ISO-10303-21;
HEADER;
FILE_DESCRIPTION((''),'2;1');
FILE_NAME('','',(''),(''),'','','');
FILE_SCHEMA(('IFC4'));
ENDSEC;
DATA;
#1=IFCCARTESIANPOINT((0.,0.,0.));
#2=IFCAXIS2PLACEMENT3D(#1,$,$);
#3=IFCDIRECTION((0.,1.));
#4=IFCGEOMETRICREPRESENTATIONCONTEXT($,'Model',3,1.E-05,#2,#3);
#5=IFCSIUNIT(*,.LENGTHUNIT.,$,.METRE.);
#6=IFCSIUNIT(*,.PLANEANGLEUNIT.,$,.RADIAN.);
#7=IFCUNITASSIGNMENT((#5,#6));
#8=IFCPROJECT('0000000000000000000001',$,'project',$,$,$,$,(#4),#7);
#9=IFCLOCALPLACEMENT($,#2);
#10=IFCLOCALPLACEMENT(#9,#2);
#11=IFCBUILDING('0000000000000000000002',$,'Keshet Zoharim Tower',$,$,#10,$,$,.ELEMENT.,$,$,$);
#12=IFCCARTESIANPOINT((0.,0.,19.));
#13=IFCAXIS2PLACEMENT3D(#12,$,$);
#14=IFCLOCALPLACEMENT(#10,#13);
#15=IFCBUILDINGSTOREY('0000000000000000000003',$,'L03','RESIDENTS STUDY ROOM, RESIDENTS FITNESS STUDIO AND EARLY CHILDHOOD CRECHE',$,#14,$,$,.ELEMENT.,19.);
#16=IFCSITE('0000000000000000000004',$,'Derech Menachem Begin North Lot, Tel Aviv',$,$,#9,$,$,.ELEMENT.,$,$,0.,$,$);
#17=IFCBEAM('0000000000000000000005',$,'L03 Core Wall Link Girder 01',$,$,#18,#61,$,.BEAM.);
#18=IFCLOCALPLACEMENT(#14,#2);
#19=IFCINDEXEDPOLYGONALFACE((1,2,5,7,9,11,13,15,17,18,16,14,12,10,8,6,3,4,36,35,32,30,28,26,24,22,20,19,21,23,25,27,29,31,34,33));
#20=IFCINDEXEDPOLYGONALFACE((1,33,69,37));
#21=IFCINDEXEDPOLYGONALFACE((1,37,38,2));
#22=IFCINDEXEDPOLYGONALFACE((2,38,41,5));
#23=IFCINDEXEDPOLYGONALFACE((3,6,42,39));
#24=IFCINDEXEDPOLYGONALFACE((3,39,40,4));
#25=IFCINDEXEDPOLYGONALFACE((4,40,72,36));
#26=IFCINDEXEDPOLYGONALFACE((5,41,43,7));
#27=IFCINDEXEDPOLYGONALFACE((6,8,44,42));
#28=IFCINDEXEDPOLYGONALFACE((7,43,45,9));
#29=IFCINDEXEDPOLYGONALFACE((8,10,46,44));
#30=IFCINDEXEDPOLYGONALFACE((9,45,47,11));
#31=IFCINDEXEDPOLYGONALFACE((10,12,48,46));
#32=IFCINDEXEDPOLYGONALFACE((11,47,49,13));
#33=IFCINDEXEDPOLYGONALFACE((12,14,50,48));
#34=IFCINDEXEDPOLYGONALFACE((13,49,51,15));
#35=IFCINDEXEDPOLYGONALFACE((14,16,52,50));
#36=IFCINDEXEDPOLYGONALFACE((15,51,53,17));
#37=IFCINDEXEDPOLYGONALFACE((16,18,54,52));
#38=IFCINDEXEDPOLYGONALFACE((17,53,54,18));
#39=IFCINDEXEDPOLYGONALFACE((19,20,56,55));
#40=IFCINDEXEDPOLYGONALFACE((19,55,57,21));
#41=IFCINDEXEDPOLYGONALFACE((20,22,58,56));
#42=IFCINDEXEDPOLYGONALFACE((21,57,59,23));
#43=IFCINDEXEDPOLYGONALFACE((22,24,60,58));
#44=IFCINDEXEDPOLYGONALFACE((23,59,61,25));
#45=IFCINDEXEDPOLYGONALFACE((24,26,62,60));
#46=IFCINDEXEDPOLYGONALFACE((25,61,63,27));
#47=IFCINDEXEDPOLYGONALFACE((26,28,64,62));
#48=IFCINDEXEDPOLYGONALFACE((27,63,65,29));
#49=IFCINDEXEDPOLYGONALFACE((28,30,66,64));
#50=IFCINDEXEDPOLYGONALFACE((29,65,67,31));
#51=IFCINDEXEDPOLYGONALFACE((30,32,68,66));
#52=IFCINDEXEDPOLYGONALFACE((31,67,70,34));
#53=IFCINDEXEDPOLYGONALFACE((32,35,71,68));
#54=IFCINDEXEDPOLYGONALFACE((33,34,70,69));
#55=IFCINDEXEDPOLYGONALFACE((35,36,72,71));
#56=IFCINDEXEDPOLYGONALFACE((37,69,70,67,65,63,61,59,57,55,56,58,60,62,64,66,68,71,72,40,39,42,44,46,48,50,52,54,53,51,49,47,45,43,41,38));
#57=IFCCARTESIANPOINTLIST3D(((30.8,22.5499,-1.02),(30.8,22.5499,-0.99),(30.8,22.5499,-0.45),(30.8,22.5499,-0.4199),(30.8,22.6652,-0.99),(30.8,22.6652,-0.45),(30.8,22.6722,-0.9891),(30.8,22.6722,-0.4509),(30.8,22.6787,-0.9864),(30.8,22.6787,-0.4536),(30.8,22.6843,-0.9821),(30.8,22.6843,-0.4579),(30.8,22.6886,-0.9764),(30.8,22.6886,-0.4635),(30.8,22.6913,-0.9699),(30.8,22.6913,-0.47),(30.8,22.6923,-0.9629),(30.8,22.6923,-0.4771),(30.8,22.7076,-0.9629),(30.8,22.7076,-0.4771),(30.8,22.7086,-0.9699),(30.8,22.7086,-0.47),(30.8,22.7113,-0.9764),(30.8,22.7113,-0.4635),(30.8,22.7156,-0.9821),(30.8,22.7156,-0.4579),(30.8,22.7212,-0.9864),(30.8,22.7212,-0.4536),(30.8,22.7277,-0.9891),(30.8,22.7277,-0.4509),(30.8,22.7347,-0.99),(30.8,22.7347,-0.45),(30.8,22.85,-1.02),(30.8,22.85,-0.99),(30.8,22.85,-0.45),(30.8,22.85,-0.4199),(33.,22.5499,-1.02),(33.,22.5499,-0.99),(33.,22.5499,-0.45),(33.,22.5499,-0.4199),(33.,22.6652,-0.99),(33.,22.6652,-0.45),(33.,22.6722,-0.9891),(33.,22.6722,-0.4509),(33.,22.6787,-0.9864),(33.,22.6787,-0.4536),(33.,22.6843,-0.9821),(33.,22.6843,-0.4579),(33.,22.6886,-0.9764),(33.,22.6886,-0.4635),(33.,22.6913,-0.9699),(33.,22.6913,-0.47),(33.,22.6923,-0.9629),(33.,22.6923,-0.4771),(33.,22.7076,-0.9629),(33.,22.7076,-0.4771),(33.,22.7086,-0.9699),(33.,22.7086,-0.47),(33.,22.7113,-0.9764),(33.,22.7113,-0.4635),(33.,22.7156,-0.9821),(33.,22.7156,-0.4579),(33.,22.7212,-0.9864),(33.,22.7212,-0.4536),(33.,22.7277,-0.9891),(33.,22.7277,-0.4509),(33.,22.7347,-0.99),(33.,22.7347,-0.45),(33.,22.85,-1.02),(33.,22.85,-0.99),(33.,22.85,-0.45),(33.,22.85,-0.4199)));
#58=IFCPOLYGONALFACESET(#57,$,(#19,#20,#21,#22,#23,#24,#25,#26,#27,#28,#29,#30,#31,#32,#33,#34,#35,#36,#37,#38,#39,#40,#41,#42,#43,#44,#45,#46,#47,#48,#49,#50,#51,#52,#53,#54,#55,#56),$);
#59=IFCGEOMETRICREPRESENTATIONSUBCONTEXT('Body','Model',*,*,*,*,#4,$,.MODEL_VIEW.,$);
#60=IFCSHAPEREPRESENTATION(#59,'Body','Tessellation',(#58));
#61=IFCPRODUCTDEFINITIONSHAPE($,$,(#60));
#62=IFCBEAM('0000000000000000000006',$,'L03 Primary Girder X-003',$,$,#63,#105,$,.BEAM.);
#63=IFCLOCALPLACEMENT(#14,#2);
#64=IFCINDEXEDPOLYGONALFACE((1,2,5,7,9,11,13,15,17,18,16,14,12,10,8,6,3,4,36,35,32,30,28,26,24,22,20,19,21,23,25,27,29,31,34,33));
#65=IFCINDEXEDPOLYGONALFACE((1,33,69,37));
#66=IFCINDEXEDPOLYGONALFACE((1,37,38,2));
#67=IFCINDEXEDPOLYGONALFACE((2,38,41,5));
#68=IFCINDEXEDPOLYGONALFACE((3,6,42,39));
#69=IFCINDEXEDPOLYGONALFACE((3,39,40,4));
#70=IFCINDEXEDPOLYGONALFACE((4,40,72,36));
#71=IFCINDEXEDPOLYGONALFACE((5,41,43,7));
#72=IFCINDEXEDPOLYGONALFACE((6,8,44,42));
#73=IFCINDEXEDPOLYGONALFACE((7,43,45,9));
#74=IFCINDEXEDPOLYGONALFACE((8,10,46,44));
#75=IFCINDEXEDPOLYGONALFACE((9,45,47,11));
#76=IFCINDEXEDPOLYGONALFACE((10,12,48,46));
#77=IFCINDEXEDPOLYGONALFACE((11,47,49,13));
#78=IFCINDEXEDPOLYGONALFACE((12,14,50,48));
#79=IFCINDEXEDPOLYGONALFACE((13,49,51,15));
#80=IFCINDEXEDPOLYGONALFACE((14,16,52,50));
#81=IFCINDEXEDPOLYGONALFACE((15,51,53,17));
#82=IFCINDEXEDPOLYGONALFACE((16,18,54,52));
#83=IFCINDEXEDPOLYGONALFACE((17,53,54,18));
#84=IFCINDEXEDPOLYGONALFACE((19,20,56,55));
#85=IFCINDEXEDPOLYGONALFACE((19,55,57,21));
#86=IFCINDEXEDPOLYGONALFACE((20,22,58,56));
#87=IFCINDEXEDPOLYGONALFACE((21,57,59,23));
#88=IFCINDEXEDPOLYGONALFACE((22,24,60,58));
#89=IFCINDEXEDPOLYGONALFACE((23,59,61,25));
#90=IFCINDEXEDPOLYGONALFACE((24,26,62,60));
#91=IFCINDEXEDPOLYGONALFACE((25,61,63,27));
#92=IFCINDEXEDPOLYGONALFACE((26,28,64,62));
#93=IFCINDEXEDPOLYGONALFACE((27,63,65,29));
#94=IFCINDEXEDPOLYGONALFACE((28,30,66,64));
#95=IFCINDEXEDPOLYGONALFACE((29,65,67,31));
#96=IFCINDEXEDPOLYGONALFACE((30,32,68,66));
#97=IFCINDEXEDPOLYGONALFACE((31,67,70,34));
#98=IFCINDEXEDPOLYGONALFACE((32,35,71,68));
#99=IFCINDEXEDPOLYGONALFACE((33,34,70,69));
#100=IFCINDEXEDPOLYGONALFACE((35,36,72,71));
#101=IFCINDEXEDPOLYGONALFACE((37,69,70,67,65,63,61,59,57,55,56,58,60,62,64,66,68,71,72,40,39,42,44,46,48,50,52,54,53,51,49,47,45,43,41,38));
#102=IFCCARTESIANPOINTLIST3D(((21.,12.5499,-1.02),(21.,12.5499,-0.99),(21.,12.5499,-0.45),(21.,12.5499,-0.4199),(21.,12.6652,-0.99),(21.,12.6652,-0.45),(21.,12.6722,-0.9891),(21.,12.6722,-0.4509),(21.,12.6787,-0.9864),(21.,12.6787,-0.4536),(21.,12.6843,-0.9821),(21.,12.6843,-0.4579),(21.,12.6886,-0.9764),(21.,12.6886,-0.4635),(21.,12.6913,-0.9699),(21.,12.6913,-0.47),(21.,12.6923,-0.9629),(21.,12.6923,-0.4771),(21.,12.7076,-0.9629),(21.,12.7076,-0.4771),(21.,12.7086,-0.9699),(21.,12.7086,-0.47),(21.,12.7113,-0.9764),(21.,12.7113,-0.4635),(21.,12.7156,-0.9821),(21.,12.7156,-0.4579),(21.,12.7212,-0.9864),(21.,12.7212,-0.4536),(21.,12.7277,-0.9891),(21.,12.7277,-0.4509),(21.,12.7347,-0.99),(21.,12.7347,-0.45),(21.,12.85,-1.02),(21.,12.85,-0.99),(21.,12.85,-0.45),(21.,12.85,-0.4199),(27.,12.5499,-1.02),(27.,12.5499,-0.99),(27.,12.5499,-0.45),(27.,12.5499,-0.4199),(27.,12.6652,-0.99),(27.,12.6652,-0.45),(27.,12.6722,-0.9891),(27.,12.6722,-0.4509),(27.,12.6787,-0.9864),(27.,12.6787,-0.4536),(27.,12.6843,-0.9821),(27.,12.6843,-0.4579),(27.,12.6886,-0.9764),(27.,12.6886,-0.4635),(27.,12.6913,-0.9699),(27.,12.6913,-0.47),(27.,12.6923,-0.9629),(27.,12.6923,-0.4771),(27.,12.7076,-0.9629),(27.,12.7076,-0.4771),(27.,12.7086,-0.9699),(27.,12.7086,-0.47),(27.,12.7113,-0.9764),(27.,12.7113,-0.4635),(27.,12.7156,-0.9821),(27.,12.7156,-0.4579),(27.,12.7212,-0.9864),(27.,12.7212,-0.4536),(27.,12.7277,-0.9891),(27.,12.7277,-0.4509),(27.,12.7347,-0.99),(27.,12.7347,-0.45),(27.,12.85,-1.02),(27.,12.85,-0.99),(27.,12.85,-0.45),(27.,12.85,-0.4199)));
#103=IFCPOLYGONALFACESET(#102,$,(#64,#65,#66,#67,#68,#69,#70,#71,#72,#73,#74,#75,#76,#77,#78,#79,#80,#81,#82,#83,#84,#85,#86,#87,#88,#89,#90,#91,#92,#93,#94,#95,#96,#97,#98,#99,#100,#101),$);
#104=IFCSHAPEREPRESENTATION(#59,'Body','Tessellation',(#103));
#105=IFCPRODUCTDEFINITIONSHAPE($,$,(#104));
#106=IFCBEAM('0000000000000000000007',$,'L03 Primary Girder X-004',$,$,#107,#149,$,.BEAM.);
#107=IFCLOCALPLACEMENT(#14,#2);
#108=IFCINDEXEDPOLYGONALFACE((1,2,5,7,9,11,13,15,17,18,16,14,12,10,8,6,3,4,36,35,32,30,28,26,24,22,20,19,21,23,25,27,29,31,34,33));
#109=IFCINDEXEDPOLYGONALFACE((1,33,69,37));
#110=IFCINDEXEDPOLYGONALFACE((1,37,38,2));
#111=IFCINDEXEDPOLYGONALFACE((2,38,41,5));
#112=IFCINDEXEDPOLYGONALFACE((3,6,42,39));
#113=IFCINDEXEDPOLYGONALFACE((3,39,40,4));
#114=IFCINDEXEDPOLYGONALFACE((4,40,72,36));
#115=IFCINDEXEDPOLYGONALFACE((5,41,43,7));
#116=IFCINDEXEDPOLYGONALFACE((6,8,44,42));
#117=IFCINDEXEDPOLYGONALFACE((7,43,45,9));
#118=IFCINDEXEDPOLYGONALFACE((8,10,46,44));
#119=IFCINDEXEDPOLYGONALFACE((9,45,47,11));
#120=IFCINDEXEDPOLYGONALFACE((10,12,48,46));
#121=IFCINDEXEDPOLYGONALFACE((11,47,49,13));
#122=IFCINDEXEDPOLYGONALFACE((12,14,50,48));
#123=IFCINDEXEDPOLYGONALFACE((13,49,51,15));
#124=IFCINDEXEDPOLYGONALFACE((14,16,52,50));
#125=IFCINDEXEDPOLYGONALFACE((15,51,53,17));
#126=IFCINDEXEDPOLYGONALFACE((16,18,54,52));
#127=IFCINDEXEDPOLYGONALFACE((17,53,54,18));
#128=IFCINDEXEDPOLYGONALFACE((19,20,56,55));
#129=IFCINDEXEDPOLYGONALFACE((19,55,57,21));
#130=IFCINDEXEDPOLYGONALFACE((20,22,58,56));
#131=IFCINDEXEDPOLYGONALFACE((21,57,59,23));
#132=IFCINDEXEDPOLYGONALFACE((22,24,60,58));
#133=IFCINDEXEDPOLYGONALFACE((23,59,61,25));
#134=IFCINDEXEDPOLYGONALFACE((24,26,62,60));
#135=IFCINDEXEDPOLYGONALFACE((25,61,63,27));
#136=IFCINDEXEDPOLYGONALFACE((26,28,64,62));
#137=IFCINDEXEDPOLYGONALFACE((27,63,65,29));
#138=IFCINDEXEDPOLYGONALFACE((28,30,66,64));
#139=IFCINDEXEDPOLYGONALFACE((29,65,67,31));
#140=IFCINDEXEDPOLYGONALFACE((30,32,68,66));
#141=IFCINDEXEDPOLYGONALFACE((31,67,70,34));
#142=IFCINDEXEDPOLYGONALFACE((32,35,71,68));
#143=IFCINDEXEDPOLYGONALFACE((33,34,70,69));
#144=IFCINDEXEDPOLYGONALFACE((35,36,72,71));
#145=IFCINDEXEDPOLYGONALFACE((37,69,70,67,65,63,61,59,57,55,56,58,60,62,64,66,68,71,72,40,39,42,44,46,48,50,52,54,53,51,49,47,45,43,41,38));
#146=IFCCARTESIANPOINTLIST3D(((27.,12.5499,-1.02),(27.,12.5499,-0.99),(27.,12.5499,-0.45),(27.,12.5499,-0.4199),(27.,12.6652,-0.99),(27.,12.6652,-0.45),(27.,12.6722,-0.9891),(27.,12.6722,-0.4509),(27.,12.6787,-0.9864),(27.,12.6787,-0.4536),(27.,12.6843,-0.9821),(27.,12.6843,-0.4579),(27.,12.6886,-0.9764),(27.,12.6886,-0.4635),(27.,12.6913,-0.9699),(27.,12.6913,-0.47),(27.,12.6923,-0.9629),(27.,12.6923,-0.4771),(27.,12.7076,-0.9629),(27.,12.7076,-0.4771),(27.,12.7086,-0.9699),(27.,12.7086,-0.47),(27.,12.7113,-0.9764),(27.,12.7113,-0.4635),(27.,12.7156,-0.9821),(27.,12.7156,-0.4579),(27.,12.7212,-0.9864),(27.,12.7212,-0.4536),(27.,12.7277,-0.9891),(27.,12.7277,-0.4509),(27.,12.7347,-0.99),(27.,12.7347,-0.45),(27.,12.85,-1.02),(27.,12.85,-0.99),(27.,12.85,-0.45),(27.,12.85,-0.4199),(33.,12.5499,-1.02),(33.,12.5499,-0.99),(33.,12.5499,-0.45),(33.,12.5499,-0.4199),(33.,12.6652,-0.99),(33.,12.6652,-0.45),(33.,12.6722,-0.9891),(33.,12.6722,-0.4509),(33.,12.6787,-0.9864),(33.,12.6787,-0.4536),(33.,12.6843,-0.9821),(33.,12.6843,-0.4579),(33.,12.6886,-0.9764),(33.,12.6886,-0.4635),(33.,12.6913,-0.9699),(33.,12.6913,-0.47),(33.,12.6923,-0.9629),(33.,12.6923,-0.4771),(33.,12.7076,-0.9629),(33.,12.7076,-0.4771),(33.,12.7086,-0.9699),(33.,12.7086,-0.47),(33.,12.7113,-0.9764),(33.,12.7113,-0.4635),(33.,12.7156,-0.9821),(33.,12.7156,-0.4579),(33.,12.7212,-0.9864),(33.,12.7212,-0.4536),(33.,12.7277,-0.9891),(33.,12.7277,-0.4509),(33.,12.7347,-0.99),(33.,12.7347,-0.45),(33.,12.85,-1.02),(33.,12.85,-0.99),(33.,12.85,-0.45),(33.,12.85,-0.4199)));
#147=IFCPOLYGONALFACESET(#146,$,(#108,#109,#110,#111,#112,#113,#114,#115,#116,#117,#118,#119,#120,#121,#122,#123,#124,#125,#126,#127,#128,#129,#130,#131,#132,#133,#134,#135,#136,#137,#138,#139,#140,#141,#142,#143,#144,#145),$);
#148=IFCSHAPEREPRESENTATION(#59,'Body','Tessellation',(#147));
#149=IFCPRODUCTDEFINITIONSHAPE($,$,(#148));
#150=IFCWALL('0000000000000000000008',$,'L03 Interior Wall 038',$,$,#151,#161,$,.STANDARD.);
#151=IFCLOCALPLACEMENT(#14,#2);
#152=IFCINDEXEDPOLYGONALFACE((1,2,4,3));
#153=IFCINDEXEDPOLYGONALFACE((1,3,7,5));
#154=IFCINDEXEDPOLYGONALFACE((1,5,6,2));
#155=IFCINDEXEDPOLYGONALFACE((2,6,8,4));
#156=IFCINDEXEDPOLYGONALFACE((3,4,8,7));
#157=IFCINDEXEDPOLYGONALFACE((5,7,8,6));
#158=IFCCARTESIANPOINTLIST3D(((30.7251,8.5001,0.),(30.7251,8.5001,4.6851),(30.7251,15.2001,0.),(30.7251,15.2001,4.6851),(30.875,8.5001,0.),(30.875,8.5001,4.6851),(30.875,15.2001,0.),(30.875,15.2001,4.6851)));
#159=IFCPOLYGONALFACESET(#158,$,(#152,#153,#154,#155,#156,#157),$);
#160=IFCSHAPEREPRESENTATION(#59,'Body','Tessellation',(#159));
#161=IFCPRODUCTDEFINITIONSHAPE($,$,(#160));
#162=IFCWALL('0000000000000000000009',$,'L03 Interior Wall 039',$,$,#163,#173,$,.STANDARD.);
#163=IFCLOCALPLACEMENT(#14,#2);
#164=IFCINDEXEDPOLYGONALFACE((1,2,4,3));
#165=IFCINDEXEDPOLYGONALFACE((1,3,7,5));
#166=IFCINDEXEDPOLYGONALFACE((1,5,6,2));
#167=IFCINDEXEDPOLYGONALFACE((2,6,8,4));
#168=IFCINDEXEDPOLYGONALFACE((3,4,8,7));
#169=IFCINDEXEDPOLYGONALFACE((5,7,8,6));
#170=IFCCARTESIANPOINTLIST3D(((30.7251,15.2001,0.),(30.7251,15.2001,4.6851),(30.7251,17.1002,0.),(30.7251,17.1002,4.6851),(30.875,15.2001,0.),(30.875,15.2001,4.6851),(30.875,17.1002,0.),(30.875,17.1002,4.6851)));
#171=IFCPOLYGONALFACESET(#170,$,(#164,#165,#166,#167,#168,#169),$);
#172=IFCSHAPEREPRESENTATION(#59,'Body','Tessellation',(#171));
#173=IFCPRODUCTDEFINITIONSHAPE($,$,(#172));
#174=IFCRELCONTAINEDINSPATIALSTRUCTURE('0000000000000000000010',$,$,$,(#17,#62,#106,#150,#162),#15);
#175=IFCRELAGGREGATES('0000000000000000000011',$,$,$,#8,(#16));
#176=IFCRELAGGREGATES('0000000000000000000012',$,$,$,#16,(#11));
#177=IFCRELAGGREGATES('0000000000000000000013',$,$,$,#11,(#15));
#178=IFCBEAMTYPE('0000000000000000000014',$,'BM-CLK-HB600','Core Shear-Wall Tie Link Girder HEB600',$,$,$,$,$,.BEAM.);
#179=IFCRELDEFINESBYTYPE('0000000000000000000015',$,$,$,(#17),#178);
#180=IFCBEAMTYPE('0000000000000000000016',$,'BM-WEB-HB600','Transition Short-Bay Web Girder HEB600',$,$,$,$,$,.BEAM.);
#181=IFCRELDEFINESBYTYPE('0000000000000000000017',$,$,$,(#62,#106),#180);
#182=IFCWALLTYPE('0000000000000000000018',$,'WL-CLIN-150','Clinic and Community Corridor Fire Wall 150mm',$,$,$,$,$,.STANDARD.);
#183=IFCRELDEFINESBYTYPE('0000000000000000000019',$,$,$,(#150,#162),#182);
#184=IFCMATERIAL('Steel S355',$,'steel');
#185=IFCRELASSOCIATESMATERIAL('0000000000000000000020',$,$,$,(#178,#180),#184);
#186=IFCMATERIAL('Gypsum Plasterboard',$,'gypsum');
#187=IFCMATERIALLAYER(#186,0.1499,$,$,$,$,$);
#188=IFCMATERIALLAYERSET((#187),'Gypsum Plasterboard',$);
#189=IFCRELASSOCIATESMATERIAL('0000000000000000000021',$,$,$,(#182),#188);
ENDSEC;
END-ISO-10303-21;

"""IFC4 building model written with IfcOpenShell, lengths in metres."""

from ifc_helpers import new_model, si_unit, direction, frame, frame_2d, origin, origin_2d, place, context, subcontext, project, spatial, rectangle, i_section, extrude, material, layer, layer_set, material_profile, profile_set, type_object, element, save


model = new_model("IFC4")

# Units and contexts
model_context = context("Model", 3, precision=1e-05, world=origin(), true_north=direction((0.0, 1.0)))
body_context = subcontext(model_context, "Body", "Model", "MODEL_VIEW")
ifc_project = project(units=[si_unit("LENGTHUNIT", "METRE"), si_unit("PLANEANGLEUNIT", "RADIAN")], contexts=[model_context])

# Site, building, storey
site_placement = place(None, origin())
site = spatial("IfcSite", under=ifc_project, at=site_placement, Name="Derech Menachem Begin North Lot, Tel Aviv", CompositionType="ELEMENT", RefElevation=0.0)
building_placement = place(site_placement, origin())
building = spatial("IfcBuilding", under=site, at=building_placement, Name="Keshet Zoharim Tower", CompositionType="ELEMENT")
storey_placement = place(building_placement, frame((0.0, 0.0, 19.0)))
storey = spatial("IfcBuildingStorey", under=building, at=storey_placement, Name="L03", Description="RESIDENTS STUDY ROOM, RESIDENTS FITNESS STUDIO AND EARLY CHILDHOOD CRECHE", CompositionType="ELEMENT", Elevation=19.0)

# Beams
ifc_material_1 = material(Name="Steel S355", Category="steel")
ifc_material_profile_1 = material_profile(ifc_material_1, i_section(OverallWidth=0.3, OverallDepth=0.6001, WebThickness=0.0154, FlangeThickness=0.03, FilletRadius=0.0271, at=origin_2d()), Name="HEB600")
ifc_profile_set_1 = profile_set([ifc_material_profile_1], Name="Steel S355")
beam_type_1 = type_object("IfcBeamType", Name="BM-CLK-HB600", Description="Core Shear-Wall Tie Link Girder HEB600", PredefinedType="BEAM", material=ifc_profile_set_1)
beam_placement = place(storey_placement, frame((30.8, 22.7, -0.72), z_axis=(1.0, 0.0, 0.0), x_axis=(0.0, 1.0, 0.0)))
element("IfcBeam", 1, at=beam_placement, inside=storey, type_object=beam_type_1, Name="L03 Core Wall Link Girder 01", PredefinedType="BEAM", context=body_context, shape_type="SweptSolid", body=[
    extrude(i_section(OverallWidth=0.3, OverallDepth=0.6001, WebThickness=0.0154, FlangeThickness=0.03, FilletRadius=0.0271, at=origin_2d()), origin(), (0.0, 0.0, 1.0), 2.2),
])
ifc_material_profile_2 = material_profile(ifc_material_1, i_section(OverallWidth=0.3, OverallDepth=0.6001, WebThickness=0.0154, FlangeThickness=0.03, FilletRadius=0.0271, at=origin_2d()), Name="HEB600")
ifc_profile_set_2 = profile_set([ifc_material_profile_2], Name="Steel S355")
beam_type_2 = type_object("IfcBeamType", Name="BM-WEB-HB600", Description="Transition Short-Bay Web Girder HEB600", PredefinedType="BEAM", material=ifc_profile_set_2)
for number, where, z_axis, x_axis, name in (
    (2, (21.0, 12.7, -0.72), (1.0, 0.0, 0.0), (0.0, 1.0, 0.0), "L03 Primary Girder X-003"),
    (3, (27.0, 12.7, -0.72), (1.0, 0.0, 0.0), (0.0, 1.0, 0.0), "L03 Primary Girder X-004"),
):
    element("IfcBeam", number, at=place(storey_placement, frame(where, z_axis=z_axis, x_axis=x_axis)), inside=storey, type_object=beam_type_2, Name=name, PredefinedType="BEAM", context=body_context, shape_type="SweptSolid", body=[
        extrude(i_section(OverallWidth=0.3, OverallDepth=0.6001, WebThickness=0.0154, FlangeThickness=0.03, FilletRadius=0.0271, at=origin_2d()), origin(), (0.0, 0.0, 1.0), 6.0),
    ])

# Walls
ifc_material_2 = material(Name="Gypsum Plasterboard", Category="gypsum")
ifc_layer_1 = layer(ifc_material_2, 0.1499)
ifc_layer_set_1 = layer_set([ifc_layer_1], Name="Gypsum Plasterboard")
wall_type_1 = type_object("IfcWallType", Name="WL-CLIN-150", Description="Clinic and Community Corridor Fire Wall 150mm", PredefinedType="STANDARD", material=ifc_layer_set_1)
wall_1_placement = place(storey_placement, frame((30.8, 8.5, 0.0), z_axis=(0.0, 0.0, 1.0), x_axis=(0.0, 1.0, 0.0)))
element("IfcWall", 4, at=wall_1_placement, inside=storey, type_object=wall_type_1, Name="L03 Interior Wall 038", PredefinedType="STANDARD", context=body_context, shape_type="SweptSolid", body=[
    extrude(rectangle(XDim=6.7, YDim=0.1499, at=frame_2d((3.3501, 0.0))), origin(), (0.0, 0.0, 1.0), 4.6851),
])
wall_2_placement = place(storey_placement, frame((30.8, 15.2, 0.0), z_axis=(0.0, 0.0, 1.0), x_axis=(0.0, 1.0, 0.0)))
element("IfcWall", 5, at=wall_2_placement, inside=storey, type_object=wall_type_1, Name="L03 Interior Wall 039", PredefinedType="STANDARD", context=body_context, shape_type="SweptSolid", body=[
    extrude(rectangle(XDim=1.9001, YDim=0.1499, at=frame_2d((0.9502, 0.0))), origin(), (0.0, 0.0, 1.0), 4.6851),
])

save(model, "model.ifc")
